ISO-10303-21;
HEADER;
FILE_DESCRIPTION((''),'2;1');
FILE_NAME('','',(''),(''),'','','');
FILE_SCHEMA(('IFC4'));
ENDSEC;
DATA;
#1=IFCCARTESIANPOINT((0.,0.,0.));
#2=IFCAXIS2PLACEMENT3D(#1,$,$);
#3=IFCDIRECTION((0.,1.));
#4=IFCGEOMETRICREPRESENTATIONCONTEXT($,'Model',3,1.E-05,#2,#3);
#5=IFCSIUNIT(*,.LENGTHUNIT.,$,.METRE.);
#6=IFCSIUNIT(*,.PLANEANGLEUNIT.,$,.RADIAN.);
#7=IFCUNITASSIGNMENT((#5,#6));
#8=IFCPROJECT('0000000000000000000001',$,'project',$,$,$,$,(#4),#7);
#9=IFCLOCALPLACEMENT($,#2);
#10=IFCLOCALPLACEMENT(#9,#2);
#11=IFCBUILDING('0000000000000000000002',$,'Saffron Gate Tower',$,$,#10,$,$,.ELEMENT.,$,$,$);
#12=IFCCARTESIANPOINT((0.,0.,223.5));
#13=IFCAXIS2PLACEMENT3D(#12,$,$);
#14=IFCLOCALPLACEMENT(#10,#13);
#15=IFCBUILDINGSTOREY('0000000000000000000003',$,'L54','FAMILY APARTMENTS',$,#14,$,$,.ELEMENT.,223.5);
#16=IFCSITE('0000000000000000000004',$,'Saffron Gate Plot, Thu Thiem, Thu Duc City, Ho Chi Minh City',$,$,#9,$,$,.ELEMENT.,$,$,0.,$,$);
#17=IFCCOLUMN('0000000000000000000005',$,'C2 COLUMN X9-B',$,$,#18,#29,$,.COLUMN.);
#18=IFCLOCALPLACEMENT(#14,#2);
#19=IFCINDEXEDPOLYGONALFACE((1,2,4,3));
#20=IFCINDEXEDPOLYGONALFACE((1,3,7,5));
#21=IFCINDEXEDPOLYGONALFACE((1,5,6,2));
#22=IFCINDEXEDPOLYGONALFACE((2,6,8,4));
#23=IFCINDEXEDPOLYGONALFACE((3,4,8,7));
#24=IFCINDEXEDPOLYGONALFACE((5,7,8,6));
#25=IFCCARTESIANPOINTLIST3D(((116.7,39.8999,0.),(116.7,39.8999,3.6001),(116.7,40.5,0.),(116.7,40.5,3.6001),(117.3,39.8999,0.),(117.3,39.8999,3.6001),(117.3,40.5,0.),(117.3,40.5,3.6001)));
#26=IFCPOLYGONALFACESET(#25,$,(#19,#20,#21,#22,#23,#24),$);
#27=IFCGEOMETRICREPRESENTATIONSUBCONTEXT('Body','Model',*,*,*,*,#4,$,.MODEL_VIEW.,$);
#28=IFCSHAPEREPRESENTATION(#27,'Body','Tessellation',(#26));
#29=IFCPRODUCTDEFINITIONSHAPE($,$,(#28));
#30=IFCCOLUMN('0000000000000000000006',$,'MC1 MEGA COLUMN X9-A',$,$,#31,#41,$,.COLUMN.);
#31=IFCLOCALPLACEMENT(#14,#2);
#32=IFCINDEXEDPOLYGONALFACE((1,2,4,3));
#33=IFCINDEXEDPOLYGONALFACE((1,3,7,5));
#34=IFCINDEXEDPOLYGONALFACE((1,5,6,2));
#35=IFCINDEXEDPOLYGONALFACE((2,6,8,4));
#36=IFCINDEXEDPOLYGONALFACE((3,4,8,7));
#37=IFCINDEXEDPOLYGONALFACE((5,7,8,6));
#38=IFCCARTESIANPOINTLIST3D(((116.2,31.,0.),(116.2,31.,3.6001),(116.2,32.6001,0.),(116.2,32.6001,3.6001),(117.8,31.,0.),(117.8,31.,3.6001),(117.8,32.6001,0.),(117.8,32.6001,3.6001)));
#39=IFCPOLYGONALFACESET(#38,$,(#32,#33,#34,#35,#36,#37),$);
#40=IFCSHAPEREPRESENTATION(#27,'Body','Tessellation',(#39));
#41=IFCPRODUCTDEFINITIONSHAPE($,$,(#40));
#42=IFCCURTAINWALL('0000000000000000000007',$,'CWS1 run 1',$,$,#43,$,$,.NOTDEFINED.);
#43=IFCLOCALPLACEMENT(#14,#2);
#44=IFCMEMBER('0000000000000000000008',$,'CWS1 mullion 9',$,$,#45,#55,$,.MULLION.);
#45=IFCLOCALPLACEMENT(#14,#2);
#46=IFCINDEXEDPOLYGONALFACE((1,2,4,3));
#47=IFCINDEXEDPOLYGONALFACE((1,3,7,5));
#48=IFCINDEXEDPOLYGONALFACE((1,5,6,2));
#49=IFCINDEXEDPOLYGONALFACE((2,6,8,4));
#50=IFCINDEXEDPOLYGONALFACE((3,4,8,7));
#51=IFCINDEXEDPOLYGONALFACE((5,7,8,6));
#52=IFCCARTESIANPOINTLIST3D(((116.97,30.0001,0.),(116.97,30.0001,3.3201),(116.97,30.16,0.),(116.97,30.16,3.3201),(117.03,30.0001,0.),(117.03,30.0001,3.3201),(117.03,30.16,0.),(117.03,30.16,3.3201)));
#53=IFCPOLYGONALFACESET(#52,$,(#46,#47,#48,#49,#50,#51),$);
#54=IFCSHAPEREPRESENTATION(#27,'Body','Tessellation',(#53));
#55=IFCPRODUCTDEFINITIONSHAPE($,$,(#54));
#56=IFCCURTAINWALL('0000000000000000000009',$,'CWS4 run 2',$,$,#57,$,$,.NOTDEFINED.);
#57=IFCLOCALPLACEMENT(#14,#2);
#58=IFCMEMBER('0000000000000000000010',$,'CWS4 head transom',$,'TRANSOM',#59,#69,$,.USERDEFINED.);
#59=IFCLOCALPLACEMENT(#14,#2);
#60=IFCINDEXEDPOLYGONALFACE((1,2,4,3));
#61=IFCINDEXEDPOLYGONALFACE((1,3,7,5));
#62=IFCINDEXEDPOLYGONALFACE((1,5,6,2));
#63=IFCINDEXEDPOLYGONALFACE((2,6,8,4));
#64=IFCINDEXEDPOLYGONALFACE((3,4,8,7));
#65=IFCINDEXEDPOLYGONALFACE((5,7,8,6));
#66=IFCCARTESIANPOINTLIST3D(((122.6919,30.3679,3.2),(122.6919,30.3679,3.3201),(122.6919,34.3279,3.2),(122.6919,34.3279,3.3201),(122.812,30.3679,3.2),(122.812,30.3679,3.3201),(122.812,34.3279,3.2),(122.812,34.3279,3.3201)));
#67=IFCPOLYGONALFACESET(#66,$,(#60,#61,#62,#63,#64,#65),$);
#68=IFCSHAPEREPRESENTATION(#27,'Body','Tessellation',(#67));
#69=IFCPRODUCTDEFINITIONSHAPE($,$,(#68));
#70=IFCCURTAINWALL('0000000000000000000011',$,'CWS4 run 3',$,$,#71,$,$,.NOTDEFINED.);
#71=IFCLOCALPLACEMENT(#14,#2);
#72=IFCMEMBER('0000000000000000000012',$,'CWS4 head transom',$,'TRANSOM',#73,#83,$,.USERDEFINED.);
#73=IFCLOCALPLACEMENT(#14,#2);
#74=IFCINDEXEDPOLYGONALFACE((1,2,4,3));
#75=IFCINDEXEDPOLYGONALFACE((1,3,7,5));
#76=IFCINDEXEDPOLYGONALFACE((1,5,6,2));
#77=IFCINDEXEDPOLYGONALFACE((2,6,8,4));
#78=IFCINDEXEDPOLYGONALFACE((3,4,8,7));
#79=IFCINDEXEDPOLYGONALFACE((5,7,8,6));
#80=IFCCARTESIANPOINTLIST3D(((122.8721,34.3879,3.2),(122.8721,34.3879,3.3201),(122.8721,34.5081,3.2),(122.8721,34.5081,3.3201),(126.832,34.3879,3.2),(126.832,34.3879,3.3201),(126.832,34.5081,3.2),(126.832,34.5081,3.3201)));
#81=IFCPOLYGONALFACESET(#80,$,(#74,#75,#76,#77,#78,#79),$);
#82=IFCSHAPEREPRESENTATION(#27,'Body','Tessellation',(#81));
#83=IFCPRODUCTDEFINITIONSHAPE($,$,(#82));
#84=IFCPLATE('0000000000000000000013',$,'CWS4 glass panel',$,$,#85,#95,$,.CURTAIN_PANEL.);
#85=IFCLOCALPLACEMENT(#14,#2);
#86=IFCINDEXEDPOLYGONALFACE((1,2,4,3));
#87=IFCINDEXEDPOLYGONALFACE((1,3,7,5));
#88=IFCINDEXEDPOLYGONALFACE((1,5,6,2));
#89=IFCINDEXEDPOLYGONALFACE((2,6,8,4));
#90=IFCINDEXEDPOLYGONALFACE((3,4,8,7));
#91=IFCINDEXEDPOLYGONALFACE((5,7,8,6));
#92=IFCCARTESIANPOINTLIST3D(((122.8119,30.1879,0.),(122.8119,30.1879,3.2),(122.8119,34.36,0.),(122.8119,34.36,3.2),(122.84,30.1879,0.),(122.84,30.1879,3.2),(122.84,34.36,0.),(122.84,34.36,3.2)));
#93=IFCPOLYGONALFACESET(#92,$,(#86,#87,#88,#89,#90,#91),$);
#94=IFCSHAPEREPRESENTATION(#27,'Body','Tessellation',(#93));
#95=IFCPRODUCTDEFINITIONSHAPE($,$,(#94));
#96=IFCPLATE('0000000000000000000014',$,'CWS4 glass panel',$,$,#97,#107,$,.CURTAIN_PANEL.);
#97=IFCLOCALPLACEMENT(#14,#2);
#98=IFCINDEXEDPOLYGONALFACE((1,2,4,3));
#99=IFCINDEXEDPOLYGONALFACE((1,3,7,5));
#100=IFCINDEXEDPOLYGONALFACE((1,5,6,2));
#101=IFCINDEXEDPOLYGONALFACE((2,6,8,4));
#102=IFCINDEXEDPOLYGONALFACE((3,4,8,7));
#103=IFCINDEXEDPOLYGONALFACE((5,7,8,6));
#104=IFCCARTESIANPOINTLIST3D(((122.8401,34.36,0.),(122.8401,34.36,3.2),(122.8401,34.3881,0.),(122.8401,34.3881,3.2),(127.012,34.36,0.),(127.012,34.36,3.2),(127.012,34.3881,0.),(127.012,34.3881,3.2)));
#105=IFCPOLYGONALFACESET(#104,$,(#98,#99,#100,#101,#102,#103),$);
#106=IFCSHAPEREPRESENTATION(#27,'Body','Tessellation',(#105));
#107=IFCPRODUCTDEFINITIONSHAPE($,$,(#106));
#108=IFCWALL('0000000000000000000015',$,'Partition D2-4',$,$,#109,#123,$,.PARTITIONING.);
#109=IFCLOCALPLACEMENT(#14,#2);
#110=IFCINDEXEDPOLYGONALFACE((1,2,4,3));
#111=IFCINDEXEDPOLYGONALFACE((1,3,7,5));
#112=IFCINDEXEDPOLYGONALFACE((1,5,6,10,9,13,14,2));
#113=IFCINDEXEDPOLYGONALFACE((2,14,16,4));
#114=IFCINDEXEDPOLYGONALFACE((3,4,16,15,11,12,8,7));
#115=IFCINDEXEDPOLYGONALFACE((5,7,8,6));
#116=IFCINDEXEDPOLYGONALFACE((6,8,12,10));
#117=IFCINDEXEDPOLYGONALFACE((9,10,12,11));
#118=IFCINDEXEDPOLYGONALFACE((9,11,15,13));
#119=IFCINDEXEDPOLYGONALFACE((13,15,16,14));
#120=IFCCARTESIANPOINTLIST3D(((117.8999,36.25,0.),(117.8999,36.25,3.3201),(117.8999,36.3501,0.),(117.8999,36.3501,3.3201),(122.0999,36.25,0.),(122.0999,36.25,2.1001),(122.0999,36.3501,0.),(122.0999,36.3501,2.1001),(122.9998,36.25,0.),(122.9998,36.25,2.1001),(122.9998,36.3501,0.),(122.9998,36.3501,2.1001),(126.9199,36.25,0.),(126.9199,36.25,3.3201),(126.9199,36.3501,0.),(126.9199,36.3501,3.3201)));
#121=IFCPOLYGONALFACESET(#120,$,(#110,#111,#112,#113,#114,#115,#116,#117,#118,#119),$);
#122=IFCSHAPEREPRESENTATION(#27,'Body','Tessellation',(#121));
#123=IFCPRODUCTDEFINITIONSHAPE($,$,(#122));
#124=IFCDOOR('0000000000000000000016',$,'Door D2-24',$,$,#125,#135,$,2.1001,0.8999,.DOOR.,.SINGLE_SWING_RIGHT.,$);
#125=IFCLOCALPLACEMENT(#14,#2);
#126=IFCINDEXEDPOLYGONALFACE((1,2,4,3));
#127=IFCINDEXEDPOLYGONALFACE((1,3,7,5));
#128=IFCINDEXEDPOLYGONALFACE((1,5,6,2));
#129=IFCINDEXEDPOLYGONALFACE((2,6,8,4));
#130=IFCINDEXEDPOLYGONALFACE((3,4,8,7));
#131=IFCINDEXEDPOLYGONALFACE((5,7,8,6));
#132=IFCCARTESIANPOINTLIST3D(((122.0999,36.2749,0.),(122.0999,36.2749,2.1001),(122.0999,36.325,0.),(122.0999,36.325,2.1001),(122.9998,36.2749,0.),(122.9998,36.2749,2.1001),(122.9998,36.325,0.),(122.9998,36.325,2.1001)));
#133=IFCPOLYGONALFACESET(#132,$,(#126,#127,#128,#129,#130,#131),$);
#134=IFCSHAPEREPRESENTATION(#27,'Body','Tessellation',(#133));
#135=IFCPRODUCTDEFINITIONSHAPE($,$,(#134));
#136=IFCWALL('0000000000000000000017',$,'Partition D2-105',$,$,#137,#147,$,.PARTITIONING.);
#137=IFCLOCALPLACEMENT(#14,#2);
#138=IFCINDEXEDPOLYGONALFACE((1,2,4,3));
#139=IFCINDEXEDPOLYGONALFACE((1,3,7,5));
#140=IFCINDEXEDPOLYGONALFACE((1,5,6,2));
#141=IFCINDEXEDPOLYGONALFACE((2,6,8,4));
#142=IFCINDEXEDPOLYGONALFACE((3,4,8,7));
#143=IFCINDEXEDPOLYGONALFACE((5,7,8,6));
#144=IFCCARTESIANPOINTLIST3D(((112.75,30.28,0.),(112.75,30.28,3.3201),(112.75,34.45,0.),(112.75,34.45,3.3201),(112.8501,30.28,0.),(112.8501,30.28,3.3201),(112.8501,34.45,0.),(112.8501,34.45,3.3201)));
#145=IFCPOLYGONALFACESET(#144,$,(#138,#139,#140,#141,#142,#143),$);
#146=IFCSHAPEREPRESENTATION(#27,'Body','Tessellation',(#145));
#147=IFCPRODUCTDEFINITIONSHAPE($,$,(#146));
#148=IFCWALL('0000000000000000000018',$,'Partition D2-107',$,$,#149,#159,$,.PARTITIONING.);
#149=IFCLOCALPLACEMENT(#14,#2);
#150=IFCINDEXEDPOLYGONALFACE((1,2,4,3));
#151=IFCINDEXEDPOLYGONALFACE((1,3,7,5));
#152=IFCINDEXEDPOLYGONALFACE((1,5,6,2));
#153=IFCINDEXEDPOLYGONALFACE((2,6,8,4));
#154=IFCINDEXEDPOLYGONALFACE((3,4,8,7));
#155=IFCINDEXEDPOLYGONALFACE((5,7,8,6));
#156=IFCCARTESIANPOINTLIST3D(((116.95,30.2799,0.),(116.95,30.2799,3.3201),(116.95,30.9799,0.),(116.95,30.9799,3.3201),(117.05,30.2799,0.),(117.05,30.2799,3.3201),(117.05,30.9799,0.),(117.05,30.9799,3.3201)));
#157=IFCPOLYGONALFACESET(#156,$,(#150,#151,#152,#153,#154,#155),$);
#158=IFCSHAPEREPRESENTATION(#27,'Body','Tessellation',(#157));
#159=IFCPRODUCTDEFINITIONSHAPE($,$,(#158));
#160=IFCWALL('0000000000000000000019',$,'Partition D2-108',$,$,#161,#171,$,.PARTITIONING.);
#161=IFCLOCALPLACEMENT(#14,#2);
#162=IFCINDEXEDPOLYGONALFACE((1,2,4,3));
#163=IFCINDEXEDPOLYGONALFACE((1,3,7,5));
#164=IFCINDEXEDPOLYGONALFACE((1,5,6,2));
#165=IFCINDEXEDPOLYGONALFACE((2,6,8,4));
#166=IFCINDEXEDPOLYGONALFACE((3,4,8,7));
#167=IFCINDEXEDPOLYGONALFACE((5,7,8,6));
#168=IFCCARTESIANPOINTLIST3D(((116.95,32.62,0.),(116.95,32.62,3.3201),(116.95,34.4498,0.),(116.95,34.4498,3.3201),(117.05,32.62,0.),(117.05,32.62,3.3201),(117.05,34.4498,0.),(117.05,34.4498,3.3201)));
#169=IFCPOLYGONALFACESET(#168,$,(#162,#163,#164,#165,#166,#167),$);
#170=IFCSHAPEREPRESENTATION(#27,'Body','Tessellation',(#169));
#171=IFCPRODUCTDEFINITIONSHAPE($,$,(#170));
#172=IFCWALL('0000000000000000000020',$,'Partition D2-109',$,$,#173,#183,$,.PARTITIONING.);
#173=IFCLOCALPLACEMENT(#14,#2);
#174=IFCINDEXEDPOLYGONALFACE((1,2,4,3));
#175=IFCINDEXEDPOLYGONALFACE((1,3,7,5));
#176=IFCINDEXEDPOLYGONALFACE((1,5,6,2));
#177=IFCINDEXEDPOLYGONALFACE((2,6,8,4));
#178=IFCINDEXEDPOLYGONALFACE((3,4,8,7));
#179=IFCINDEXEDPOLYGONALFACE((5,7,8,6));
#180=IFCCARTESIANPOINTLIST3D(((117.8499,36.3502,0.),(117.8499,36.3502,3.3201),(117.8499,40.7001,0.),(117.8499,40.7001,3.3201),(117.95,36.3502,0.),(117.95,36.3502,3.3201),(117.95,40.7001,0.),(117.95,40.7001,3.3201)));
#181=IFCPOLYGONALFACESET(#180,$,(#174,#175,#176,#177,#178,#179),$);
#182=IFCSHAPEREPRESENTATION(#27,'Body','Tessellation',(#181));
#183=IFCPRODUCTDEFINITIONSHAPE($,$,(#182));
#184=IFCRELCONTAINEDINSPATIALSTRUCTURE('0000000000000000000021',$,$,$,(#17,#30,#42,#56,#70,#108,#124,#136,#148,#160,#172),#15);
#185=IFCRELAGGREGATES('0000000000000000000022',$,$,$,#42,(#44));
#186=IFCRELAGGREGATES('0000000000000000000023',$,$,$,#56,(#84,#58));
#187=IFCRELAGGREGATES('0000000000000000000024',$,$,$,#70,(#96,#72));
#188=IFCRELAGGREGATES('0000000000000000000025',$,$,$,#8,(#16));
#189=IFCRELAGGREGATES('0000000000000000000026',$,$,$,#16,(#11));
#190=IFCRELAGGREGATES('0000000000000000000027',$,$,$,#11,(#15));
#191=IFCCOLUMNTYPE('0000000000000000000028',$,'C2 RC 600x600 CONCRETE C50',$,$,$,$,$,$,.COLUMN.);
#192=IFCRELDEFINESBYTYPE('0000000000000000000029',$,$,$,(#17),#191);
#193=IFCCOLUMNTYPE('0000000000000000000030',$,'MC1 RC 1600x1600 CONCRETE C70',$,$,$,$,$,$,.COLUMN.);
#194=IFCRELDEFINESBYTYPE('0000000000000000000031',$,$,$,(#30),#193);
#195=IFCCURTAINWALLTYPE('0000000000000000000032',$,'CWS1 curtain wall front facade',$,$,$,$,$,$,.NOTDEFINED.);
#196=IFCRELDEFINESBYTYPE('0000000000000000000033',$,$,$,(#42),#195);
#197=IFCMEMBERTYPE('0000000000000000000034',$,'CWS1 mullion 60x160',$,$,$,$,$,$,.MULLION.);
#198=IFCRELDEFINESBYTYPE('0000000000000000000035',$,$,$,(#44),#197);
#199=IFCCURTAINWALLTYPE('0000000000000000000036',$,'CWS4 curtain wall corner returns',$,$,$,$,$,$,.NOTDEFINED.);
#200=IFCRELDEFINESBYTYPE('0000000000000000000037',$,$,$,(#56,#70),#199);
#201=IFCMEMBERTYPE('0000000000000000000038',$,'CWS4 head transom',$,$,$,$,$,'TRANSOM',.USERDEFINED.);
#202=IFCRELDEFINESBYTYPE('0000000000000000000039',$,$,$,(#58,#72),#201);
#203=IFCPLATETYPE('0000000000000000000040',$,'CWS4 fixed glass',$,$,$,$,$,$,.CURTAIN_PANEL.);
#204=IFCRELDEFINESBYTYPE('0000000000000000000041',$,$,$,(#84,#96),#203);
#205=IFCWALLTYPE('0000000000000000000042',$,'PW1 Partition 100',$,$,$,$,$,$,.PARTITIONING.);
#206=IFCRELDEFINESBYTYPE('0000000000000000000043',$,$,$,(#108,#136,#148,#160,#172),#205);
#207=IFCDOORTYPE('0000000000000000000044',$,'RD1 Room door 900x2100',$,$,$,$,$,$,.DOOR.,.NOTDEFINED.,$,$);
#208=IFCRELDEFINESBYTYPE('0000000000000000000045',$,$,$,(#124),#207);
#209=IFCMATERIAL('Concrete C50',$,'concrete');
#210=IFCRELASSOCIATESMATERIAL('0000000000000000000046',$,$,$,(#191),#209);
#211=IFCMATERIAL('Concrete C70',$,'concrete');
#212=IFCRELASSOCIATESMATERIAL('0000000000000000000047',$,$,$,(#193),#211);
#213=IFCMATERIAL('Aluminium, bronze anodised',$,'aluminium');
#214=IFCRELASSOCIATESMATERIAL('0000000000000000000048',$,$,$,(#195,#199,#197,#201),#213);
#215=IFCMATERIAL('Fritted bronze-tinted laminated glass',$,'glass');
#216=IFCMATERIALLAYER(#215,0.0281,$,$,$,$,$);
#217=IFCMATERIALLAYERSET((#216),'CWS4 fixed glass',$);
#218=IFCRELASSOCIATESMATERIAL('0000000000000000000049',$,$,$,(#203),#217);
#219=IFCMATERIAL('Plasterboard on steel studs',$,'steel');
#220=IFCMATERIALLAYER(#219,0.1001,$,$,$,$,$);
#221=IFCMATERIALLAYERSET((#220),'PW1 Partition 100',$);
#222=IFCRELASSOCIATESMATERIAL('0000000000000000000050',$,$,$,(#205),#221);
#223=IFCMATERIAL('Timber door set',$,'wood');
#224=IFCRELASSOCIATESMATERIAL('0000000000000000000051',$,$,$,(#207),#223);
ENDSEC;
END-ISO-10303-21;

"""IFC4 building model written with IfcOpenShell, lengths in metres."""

from ifc_helpers import new_model, si_unit, direction, frame, frame_2d, origin, origin_2d, place, context, subcontext, project, spatial, rectangle, extrude, material, layer, layer_set, material_profile, profile_set, type_object, element, fill, aggregate, save


model = new_model("IFC4")

# Units and contexts
model_context = context("Model", 3, precision=1e-05, world=origin(), true_north=direction((0.0, 1.0)))
body_context = subcontext(model_context, "Body", "Model", "MODEL_VIEW")
ifc_project = project(units=[si_unit("LENGTHUNIT", "METRE"), si_unit("PLANEANGLEUNIT", "RADIAN")], contexts=[model_context])

# Site, building, storey
site_placement = place(None, origin())
site = spatial("IfcSite", under=ifc_project, at=site_placement, Name="Saffron Gate Plot, Thu Thiem, Thu Duc City, Ho Chi Minh City", CompositionType="ELEMENT", RefElevation=0.0)
building_placement = place(site_placement, origin())
building = spatial("IfcBuilding", under=site, at=building_placement, Name="Saffron Gate Tower", CompositionType="ELEMENT")
storey_placement = place(building_placement, frame((0.0, 0.0, 223.5)))
storey = spatial("IfcBuildingStorey", under=building, at=storey_placement, Name="L54", Description="FAMILY APARTMENTS", CompositionType="ELEMENT", Elevation=223.5)

# Columns
ifc_material_1 = material(Name="Concrete C50", Category="concrete")
ifc_material_profile_1 = material_profile(ifc_material_1, rectangle(XDim=0.6001, YDim=0.6001, at=origin_2d()))
ifc_profile_set_1 = profile_set([ifc_material_profile_1], Name="Concrete C50")
column_type_1 = type_object("IfcColumnType", Name="C2 RC 600x600 CONCRETE C50", PredefinedType="COLUMN", material=ifc_profile_set_1)
column_1_placement = place(storey_placement, frame((117.0, 40.2, 0.0), z_axis=(0.0, 0.0, 1.0), x_axis=(1.0, 0.0, 0.0)))
element("IfcColumn", 1, at=column_1_placement, inside=storey, type_object=column_type_1, Name="C2 COLUMN X9-B", PredefinedType="COLUMN", context=body_context, shape_type="SweptSolid", body=[
    extrude(rectangle(XDim=0.6001, YDim=0.6001, at=origin_2d()), origin(), (0.0, 0.0, 1.0), 3.6001),
])
ifc_material_2 = material(Name="Concrete C70", Category="concrete")
ifc_material_profile_2 = material_profile(ifc_material_2, rectangle(XDim=1.6001, YDim=1.6001, at=origin_2d()))
ifc_profile_set_2 = profile_set([ifc_material_profile_2], Name="Concrete C70")
column_type_2 = type_object("IfcColumnType", Name="MC1 RC 1600x1600 CONCRETE C70", PredefinedType="COLUMN", material=ifc_profile_set_2)
column_2_placement = place(storey_placement, frame((117.0, 31.8, 0.0), z_axis=(0.0, 0.0, 1.0), x_axis=(1.0, 0.0, 0.0)))
element("IfcColumn", 2, at=column_2_placement, inside=storey, type_object=column_type_2, Name="MC1 MEGA COLUMN X9-A", PredefinedType="COLUMN", context=body_context, shape_type="SweptSolid", body=[
    extrude(rectangle(XDim=1.6001, YDim=1.6001, at=origin_2d()), origin(), (0.0, 0.0, 1.0), 3.6001),
])

# Curtain walls, members
ifc_material_3 = material(Name="Aluminium, bronze anodised", Category="aluminium")
curtain_wall_type_1 = type_object("IfcCurtainWallType", Name="CWS1 curtain wall front facade", PredefinedType="NOTDEFINED", material=ifc_material_3)
curtain_wall_1_placement = place(storey_placement, origin())
curtain_wall_1 = element("IfcCurtainWall", 3, at=curtain_wall_1_placement, inside=storey, type_object=curtain_wall_type_1, Name="CWS1 run 1", PredefinedType="NOTDEFINED")
ifc_material_profile_3 = material_profile(ifc_material_3, rectangle(XDim=0.1599, YDim=0.0601, at=origin_2d()))
ifc_profile_set_3 = profile_set([ifc_material_profile_3], Name="Aluminium, bronze anodised")
member_type_1 = type_object("IfcMemberType", Name="CWS1 mullion 60x160", PredefinedType="MULLION", material=ifc_profile_set_3)
member_1_placement = place(storey_placement, frame((117.0, 30.0801, 0.0), z_axis=(0.0, 0.0, 1.0), x_axis=(0.0, 1.0, 0.0)))
member_1 = element("IfcMember", 4, at=member_1_placement, type_object=member_type_1, Name="CWS1 mullion 9", PredefinedType="MULLION", context=body_context, shape_type="SweptSolid", body=[
    extrude(rectangle(XDim=0.1599, YDim=0.0601, at=origin_2d()), origin(), (0.0, 0.0, 1.0), 3.3201),
])
aggregate(curtain_wall_1, [member_1])
curtain_wall_type_2 = type_object("IfcCurtainWallType", Name="CWS4 curtain wall corner returns", PredefinedType="NOTDEFINED", material=ifc_material_3)
curtain_wall_2_placement = place(storey_placement, origin())
curtain_wall_2 = element("IfcCurtainWall", 5, at=curtain_wall_2_placement, inside=storey, type_object=curtain_wall_type_2, Name="CWS4 run 2", PredefinedType="NOTDEFINED")
ifc_material_profile_4 = material_profile(ifc_material_3, rectangle(XDim=0.1201, YDim=0.1201, at=origin_2d()))
ifc_profile_set_4 = profile_set([ifc_material_profile_4], Name="Aluminium, bronze anodised")
member_type_2 = type_object("IfcMemberType", Name="CWS4 head transom", ElementType="TRANSOM", PredefinedType="USERDEFINED", material=ifc_profile_set_4)
member_2_placement = place(storey_placement, frame((122.752, 30.3679, 3.26), z_axis=(0.0, 1.0, 0.0), x_axis=(-1.0, 0.0, 0.0)))
member_2 = element("IfcMember", 6, at=member_2_placement, type_object=member_type_2, Name="CWS4 head transom", ObjectType="TRANSOM", PredefinedType="USERDEFINED", context=body_context, shape_type="SweptSolid", body=[
    extrude(rectangle(XDim=0.1201, YDim=0.1201, at=origin_2d()), origin(), (0.0, 0.0, 1.0), 3.96),
])
curtain_wall_3_placement = place(storey_placement, origin())
curtain_wall_3 = element("IfcCurtainWall", 7, at=curtain_wall_3_placement, inside=storey, type_object=curtain_wall_type_2, Name="CWS4 run 3", PredefinedType="NOTDEFINED")
member_3_placement = place(storey_placement, frame((122.8721, 34.448, 3.26), z_axis=(1.0, 0.0, 0.0), x_axis=(0.0, 1.0, 0.0)))
member_3 = element("IfcMember", 8, at=member_3_placement, type_object=member_type_2, Name="CWS4 head transom", ObjectType="TRANSOM", PredefinedType="USERDEFINED", context=body_context, shape_type="SweptSolid", body=[
    extrude(rectangle(XDim=0.1201, YDim=0.1201, at=origin_2d()), origin(), (0.0, 0.0, 1.0), 3.96),
])

# Plates
ifc_material_4 = material(Name="Fritted bronze-tinted laminated glass", Category="glass")
ifc_layer_1 = layer(ifc_material_4, 0.0281)
ifc_layer_set_1 = layer_set([ifc_layer_1], Name="CWS4 fixed glass")
plate_type = type_object("IfcPlateType", Name="CWS4 fixed glass", PredefinedType="CURTAIN_PANEL", material=ifc_layer_set_1)
plate_1_placement = place(storey_placement, frame((122.8259, 30.188, 0.0), z_axis=(0.0, 0.0, 1.0), x_axis=(0.0, 1.0, 0.0)))
plate_1 = element("IfcPlate", 9, at=plate_1_placement, type_object=plate_type, Name="CWS4 glass panel", PredefinedType="CURTAIN_PANEL", context=body_context, shape_type="SweptSolid", body=[
    extrude(rectangle(XDim=4.1721, YDim=0.0281, at=frame_2d((2.0859, 0.0))), origin(), (0.0, 0.0, 1.0), 3.2),
])
aggregate(curtain_wall_2, [plate_1, member_2])
plate_2_placement = place(storey_placement, frame((122.8401, 34.374, 0.0), z_axis=(0.0, 0.0, 1.0), x_axis=(1.0, 0.0, 0.0)))
plate_2 = element("IfcPlate", 10, at=plate_2_placement, type_object=plate_type, Name="CWS4 glass panel", PredefinedType="CURTAIN_PANEL", context=body_context, shape_type="SweptSolid", body=[
    extrude(rectangle(XDim=4.1719, YDim=0.0281, at=frame_2d((2.0859, 0.0))), origin(), (0.0, 0.0, 1.0), 3.2),
])
aggregate(curtain_wall_3, [plate_2, member_3])

# Wall, opening, door
ifc_material_5 = material(Name="Plasterboard on steel studs", Category="steel")
ifc_layer_2 = layer(ifc_material_5, 0.1001)
ifc_layer_set_2 = layer_set([ifc_layer_2], Name="PW1 Partition 100")
wall_type = type_object("IfcWallType", Name="PW1 Partition 100", PredefinedType="PARTITIONING", material=ifc_layer_set_2)
wall_1_placement = place(storey_placement, frame((117.8999, 36.3, 0.0), z_axis=(0.0, 0.0, 1.0), x_axis=(1.0, 0.0, 0.0)))
wall_1 = element("IfcWall", 11, at=wall_1_placement, inside=storey, type_object=wall_type, Name="Partition D2-4", PredefinedType="PARTITIONING", context=body_context, shape_type="SweptSolid", body=[
    extrude(rectangle(XDim=9.02, YDim=0.1001, at=frame_2d((4.51, 0.0))), origin(), (0.0, 0.0, 1.0), 3.3201),
])
opening_placement = place(wall_1_placement, frame((4.2, 0.0, 0.0)))
opening = element("IfcOpeningElement", 12, at=opening_placement, cuts=wall_1, PredefinedType="OPENING", context=body_context, shape_type="SweptSolid", body=[
    extrude(rectangle(XDim=0.8999, YDim=2.1001, at=frame_2d((0.45, 1.05))), frame((0.0, 0.0601, 0.0), z_axis=(0.0, -1.0, 0.0), x_axis=(1.0, 0.0, 0.0)), (0.0, 0.0, 1.0), 0.1201),
])
ifc_material_6 = material(Name="Timber door set", Category="wood")
door_type = type_object("IfcDoorType", Name="RD1 Room door 900x2100", OperationType="NOTDEFINED", PredefinedType="DOOR", material=ifc_material_6)
door_placement = place(opening_placement, origin())
door = element("IfcDoor", 13, at=door_placement, inside=storey, type_object=door_type, Name="Door D2-24", OperationType="SINGLE_SWING_RIGHT", OverallHeight=2.1001, OverallWidth=0.8999, PredefinedType="DOOR", context=body_context, shape_type="SweptSolid", body=[
    extrude(rectangle(XDim=0.8999, YDim=2.1001, at=frame_2d((0.45, 1.05))), frame((0.0, 0.0249, 0.0), z_axis=(0.0, -1.0, 0.0), x_axis=(1.0, 0.0, 0.0)), (0.0, 0.0, 1.0), 0.05),
])
fill(opening, door)

# Walls
wall_2_placement = place(storey_placement, frame((112.8, 34.45, 0.0), z_axis=(0.0, 0.0, 1.0), x_axis=(0.0, -1.0, 0.0)))
element("IfcWall", 14, at=wall_2_placement, inside=storey, type_object=wall_type, Name="Partition D2-105", PredefinedType="PARTITIONING", context=body_context, shape_type="SweptSolid", body=[
    extrude(rectangle(XDim=4.1699, YDim=0.1001, at=frame_2d((2.085, 0.0))), origin(), (0.0, 0.0, 1.0), 3.3201),
])
wall_3_placement = place(storey_placement, frame((117.0, 30.98, 0.0), z_axis=(0.0, 0.0, 1.0), x_axis=(0.0, -1.0, 0.0)))
element("IfcWall", 15, at=wall_3_placement, inside=storey, type_object=wall_type, Name="Partition D2-107", PredefinedType="PARTITIONING", context=body_context, shape_type="SweptSolid", body=[
    extrude(rectangle(XDim=0.7, YDim=0.1001, at=frame_2d((0.3501, 0.0))), origin(), (0.0, 0.0, 1.0), 3.3201),
])
wall_4_placement = place(storey_placement, frame((117.0, 34.45, 0.0), z_axis=(0.0, 0.0, 1.0), x_axis=(0.0, -1.0, 0.0)))
element("IfcWall", 16, at=wall_4_placement, inside=storey, type_object=wall_type, Name="Partition D2-108", PredefinedType="PARTITIONING", context=body_context, shape_type="SweptSolid", body=[
    extrude(rectangle(XDim=1.8298, YDim=0.1001, at=frame_2d((0.915, 0.0))), origin(), (0.0, 0.0, 1.0), 3.3201),
])
wall_5_placement = place(storey_placement, frame((117.8999, 40.7, 0.0), z_axis=(0.0, 0.0, 1.0), x_axis=(0.0, -1.0, 0.0)))
element("IfcWall", 17, at=wall_5_placement, inside=storey, type_object=wall_type, Name="Partition D2-109", PredefinedType="PARTITIONING", context=body_context, shape_type="SweptSolid", body=[
    extrude(rectangle(XDim=4.3499, YDim=0.1001, at=frame_2d((2.1748, 0.0))), origin(), (0.0, 0.0, 1.0), 3.3201),
])

save(model, "model.ifc")
